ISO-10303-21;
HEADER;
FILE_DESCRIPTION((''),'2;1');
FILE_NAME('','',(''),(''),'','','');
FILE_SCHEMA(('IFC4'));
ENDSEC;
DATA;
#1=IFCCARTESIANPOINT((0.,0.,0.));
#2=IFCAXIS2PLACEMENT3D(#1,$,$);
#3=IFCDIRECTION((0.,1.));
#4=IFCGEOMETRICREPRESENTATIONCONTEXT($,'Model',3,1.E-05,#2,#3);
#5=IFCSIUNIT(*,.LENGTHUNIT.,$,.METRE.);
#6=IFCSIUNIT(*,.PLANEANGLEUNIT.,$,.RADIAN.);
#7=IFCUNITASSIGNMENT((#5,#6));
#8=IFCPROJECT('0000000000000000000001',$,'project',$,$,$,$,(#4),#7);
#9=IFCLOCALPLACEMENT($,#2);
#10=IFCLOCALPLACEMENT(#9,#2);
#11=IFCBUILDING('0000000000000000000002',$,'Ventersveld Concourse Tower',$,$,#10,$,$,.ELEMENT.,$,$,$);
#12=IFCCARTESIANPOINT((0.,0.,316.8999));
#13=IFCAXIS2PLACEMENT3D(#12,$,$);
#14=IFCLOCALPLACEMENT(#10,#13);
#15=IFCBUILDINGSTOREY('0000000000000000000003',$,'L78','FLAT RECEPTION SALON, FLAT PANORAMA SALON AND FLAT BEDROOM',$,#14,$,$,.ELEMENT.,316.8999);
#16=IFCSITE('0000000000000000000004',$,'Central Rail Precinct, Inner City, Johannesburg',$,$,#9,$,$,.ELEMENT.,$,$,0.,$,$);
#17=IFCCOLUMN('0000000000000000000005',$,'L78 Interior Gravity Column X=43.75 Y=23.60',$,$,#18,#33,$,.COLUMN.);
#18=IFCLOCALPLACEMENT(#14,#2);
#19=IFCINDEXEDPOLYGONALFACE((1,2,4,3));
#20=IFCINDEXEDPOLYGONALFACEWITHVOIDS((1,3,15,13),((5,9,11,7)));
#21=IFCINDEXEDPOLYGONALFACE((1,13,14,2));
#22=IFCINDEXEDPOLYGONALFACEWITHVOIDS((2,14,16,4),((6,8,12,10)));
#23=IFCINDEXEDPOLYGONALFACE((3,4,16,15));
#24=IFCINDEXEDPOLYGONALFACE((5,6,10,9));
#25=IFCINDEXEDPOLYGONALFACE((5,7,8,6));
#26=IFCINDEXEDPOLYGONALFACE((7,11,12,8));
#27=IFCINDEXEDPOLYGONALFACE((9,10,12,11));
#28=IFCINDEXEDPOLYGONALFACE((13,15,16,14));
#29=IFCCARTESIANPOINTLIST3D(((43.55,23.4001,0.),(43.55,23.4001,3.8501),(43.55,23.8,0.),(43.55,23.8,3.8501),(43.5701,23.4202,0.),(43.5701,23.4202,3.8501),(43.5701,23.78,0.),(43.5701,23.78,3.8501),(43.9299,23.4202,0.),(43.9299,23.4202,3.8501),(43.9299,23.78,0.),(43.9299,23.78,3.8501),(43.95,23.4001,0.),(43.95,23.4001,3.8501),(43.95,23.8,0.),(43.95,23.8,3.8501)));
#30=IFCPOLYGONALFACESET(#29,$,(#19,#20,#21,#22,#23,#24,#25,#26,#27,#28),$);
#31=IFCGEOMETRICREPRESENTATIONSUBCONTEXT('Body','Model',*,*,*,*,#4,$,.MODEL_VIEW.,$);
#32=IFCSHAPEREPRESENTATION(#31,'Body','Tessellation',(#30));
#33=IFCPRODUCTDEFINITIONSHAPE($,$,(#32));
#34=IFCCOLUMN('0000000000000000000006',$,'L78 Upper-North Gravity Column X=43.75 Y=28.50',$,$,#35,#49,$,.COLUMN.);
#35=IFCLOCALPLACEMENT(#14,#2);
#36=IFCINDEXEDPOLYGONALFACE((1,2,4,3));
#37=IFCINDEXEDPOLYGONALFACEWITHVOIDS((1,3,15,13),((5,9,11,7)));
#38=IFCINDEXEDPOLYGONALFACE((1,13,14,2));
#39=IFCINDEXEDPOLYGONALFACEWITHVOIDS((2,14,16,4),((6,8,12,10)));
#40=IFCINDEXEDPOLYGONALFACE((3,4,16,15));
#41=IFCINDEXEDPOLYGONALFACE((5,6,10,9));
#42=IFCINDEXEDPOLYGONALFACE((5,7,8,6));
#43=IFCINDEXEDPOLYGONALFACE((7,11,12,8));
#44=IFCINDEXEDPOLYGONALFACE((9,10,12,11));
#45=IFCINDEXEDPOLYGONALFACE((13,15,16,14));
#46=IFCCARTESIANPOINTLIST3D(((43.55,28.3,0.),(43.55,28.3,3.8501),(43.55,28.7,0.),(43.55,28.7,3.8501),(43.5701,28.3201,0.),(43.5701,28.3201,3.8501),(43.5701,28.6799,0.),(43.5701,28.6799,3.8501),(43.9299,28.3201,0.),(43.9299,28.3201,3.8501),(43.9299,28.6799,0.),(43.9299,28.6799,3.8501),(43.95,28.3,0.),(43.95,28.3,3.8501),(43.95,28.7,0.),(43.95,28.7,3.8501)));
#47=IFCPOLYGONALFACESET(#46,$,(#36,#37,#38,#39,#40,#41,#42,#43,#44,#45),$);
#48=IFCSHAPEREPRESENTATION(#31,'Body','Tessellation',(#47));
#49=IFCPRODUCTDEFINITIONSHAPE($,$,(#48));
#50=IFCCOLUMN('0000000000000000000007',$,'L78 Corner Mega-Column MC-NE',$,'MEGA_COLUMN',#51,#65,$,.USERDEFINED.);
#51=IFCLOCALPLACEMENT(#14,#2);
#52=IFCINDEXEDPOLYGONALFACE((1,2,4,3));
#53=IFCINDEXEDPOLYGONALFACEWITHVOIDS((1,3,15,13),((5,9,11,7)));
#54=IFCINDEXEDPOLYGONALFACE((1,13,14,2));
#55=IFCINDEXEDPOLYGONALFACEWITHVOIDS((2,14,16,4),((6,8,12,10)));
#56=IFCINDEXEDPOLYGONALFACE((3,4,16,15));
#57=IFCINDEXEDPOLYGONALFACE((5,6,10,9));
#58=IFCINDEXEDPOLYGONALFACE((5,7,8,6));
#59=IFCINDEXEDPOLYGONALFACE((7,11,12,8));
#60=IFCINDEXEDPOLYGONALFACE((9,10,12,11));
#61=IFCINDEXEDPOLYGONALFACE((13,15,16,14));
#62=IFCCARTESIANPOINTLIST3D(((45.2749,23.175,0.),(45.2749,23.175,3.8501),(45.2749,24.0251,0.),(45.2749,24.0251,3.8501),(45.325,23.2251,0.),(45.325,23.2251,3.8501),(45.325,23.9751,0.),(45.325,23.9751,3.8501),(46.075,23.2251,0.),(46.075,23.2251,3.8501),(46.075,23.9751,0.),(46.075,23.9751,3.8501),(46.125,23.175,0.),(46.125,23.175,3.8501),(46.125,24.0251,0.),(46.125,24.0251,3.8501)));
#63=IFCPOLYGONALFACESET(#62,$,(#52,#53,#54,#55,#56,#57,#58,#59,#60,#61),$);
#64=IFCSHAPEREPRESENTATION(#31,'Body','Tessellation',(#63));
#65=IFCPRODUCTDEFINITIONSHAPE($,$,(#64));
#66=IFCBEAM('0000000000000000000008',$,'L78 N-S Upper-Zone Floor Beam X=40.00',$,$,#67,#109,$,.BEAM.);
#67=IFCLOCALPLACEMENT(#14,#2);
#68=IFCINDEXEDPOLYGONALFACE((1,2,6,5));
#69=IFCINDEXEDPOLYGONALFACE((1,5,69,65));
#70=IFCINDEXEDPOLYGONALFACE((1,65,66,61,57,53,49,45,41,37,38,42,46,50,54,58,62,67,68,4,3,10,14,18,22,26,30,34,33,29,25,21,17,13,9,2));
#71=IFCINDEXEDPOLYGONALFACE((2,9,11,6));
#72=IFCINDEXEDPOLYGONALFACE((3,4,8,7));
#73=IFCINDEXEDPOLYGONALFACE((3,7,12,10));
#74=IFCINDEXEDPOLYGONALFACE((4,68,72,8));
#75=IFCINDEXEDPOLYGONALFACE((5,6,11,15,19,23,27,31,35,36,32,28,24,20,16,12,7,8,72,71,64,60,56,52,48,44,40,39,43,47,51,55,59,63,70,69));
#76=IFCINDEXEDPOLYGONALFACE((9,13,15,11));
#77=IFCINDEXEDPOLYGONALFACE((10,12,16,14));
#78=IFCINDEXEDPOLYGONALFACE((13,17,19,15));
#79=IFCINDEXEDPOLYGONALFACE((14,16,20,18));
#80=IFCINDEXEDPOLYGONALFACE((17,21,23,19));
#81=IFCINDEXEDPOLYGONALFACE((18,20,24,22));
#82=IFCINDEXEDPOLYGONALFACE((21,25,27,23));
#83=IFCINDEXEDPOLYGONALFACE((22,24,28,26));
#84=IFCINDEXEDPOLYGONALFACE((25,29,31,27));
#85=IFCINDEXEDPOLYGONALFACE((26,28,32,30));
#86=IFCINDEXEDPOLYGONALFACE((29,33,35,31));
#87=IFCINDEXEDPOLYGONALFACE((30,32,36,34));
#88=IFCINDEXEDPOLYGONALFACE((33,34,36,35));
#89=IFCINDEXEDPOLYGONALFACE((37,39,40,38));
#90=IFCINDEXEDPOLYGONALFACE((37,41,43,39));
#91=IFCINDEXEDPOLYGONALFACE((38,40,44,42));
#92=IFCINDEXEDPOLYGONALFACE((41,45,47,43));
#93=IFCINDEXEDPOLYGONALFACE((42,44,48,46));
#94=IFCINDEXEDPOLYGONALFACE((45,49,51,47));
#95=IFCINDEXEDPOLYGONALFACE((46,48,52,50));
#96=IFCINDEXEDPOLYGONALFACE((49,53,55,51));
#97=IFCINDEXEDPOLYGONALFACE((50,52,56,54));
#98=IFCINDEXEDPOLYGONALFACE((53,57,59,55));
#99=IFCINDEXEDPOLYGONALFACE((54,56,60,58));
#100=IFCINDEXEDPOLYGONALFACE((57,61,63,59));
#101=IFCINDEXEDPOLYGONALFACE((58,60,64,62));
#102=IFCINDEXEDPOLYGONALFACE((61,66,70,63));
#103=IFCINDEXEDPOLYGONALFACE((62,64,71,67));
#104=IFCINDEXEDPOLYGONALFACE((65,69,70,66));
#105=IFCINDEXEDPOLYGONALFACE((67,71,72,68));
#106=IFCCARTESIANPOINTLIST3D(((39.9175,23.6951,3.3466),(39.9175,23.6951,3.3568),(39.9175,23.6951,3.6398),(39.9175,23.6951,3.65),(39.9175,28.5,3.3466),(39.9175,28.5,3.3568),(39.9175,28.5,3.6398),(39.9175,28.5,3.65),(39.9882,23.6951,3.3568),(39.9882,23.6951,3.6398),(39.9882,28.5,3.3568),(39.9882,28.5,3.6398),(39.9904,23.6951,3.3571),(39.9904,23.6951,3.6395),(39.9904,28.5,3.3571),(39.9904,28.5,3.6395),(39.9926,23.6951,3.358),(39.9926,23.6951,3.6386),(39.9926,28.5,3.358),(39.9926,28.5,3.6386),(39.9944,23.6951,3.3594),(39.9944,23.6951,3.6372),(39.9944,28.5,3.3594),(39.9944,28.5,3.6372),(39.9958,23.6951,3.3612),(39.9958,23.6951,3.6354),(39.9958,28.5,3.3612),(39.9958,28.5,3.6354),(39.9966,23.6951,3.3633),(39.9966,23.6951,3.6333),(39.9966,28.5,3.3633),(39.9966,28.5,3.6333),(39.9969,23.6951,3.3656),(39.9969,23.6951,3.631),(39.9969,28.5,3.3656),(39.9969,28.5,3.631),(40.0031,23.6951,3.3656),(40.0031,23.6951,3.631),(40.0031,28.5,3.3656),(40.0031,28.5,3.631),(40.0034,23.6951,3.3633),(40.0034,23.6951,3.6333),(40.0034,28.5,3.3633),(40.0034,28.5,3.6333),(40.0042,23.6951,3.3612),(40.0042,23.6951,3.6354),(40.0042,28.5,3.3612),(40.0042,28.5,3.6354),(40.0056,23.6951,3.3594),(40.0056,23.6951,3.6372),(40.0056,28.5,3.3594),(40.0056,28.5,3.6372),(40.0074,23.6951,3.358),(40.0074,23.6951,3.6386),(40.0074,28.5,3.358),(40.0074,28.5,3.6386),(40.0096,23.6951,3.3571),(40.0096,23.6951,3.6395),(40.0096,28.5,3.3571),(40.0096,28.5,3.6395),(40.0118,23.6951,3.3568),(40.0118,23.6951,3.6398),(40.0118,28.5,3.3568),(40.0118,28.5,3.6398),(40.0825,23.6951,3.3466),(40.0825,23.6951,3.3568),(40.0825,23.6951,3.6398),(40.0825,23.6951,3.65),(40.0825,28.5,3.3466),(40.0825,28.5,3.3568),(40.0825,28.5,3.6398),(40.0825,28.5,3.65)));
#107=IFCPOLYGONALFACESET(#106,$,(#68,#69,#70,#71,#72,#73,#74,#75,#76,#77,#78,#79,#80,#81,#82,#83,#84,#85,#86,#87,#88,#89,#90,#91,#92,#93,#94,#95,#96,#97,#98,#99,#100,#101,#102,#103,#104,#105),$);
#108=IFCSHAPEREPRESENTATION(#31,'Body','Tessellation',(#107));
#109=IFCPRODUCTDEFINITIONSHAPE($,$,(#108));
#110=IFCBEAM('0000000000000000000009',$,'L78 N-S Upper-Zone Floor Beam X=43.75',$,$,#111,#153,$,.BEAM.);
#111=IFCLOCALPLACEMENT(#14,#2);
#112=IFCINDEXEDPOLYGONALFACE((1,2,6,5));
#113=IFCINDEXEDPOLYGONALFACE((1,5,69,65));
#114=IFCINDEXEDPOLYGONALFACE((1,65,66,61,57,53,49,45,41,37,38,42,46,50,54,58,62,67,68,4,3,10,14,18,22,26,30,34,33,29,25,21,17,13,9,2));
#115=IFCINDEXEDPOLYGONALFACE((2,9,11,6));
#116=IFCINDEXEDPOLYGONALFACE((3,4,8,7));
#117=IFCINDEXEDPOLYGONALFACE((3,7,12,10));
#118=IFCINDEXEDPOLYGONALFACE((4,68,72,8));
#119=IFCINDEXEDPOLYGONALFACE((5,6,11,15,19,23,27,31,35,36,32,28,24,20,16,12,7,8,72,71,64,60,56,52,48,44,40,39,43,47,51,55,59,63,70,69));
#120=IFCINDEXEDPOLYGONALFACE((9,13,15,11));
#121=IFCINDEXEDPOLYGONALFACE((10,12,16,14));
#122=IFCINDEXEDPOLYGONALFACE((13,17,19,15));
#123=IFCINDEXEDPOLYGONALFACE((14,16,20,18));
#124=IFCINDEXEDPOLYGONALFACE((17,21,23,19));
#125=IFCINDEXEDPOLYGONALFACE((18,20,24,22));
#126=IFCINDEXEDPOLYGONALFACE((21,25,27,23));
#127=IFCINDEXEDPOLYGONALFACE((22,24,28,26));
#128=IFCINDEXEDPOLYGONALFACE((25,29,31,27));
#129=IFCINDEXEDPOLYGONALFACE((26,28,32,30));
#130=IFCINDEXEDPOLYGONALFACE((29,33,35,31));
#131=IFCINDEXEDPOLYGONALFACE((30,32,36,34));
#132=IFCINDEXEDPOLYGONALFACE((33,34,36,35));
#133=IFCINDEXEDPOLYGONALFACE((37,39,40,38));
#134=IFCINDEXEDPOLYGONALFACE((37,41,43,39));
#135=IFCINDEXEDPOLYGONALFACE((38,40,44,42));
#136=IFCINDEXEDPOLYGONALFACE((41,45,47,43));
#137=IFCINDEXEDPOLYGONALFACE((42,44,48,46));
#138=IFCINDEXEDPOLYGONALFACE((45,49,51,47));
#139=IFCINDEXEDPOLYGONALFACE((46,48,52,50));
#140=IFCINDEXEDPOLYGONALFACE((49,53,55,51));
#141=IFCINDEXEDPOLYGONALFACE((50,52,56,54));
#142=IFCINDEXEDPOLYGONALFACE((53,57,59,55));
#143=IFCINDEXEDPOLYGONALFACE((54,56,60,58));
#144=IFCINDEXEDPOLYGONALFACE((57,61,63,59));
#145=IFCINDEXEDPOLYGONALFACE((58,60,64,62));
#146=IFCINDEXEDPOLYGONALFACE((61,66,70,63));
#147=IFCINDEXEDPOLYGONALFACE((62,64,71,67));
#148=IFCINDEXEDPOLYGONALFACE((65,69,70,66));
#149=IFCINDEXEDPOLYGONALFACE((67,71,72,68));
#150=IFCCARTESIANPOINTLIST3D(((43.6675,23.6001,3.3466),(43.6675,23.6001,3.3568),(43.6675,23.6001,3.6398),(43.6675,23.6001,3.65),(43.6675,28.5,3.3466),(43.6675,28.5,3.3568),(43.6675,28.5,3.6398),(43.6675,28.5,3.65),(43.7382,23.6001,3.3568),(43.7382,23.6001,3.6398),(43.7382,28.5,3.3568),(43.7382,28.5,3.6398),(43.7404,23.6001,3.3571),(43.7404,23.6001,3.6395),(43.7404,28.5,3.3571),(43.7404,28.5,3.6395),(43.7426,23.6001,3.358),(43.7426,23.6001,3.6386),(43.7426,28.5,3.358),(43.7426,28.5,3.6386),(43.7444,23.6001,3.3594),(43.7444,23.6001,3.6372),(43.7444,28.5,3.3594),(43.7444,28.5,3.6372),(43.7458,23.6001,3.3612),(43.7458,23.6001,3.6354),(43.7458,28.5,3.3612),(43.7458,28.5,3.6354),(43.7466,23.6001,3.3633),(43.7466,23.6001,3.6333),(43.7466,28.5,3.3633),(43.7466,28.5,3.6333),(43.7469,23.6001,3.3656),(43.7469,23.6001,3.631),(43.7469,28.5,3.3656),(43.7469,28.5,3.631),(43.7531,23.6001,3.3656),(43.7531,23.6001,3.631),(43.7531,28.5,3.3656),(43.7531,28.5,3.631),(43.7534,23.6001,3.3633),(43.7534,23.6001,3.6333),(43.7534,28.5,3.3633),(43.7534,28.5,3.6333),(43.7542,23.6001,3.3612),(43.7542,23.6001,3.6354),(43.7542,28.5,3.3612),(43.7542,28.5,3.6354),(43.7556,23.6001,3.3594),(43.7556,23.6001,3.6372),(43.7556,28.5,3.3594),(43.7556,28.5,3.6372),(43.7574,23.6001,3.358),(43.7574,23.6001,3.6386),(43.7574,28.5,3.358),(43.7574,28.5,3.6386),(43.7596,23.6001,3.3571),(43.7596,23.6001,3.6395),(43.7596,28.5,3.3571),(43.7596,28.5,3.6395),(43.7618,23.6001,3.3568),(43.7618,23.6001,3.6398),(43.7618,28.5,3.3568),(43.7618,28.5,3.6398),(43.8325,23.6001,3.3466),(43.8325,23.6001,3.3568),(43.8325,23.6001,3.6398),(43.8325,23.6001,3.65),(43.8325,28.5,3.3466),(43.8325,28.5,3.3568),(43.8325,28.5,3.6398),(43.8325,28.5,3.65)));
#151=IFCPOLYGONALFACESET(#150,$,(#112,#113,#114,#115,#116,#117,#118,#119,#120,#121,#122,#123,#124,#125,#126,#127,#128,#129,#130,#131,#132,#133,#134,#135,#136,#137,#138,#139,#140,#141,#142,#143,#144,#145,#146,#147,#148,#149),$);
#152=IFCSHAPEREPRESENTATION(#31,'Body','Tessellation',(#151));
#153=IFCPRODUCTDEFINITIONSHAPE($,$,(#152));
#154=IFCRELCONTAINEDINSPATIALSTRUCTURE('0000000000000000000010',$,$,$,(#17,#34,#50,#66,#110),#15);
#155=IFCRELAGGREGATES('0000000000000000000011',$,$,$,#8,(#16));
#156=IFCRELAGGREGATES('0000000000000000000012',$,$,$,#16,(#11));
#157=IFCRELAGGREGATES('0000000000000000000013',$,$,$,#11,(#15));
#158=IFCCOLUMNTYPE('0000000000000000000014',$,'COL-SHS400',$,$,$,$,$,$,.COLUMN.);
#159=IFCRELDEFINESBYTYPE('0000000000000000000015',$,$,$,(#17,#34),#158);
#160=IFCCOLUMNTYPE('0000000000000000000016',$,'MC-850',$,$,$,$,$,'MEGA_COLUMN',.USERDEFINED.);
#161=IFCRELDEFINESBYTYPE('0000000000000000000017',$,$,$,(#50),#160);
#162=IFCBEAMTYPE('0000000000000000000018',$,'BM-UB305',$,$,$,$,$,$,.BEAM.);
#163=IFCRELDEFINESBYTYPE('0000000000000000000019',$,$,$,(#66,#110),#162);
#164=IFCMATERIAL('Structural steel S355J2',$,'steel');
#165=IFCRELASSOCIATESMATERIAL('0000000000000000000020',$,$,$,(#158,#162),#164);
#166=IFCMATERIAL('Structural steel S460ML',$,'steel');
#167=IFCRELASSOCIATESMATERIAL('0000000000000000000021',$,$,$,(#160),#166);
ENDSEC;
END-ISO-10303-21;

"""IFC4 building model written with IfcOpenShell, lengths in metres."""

from ifc_helpers import new_model, si_unit, direction, frame, origin, origin_2d, place, context, subcontext, project, spatial, hollow_rectangle, i_section, extrude, material, material_profile, profile_set, type_object, element, save


model = new_model("IFC4")

# Units and contexts
model_context = context("Model", 3, precision=1e-05, world=origin(), true_north=direction((0.0, 1.0)))
body_context = subcontext(model_context, "Body", "Model", "MODEL_VIEW")
ifc_project = project(units=[si_unit("LENGTHUNIT", "METRE"), si_unit("PLANEANGLEUNIT", "RADIAN")], contexts=[model_context])

# Site, building, storey
site_placement = place(None, origin())
site = spatial("IfcSite", under=ifc_project, at=site_placement, Name="Central Rail Precinct, Inner City, Johannesburg", CompositionType="ELEMENT", RefElevation=0.0)
building_placement = place(site_placement, origin())
building = spatial("IfcBuilding", under=site, at=building_placement, Name="Ventersveld Concourse Tower", CompositionType="ELEMENT")
storey_placement = place(building_placement, frame((0.0, 0.0, 316.8999)))
storey = spatial("IfcBuildingStorey", under=building, at=storey_placement, Name="L78", Description="FLAT RECEPTION SALON, FLAT PANORAMA SALON AND FLAT BEDROOM", CompositionType="ELEMENT", Elevation=316.8999)

# Columns
ifc_material_1 = material(Name="Structural steel S355J2", Category="steel")
ifc_material_profile_1 = material_profile(ifc_material_1, hollow_rectangle(XDim=0.3999, YDim=0.3999, WallThickness=0.02, at=origin_2d()), Name="SHS 400x400x20")
ifc_profile_set_1 = profile_set([ifc_material_profile_1], Name="Structural steel S355J2")
column_type_1 = type_object("IfcColumnType", Name="COL-SHS400", PredefinedType="COLUMN", material=ifc_profile_set_1)
for number, where, z_axis, x_axis, name in (
    (1, (43.75, 23.6001, 0.0), (0.0, 0.0, 1.0), (1.0, 0.0, 0.0), "L78 Interior Gravity Column X=43.75 Y=23.60"),
    (2, (43.75, 28.5, 0.0), (0.0, 0.0, 1.0), (1.0, 0.0, 0.0), "L78 Upper-North Gravity Column X=43.75 Y=28.50"),
):
    element("IfcColumn", number, at=place(storey_placement, frame(where, z_axis=z_axis, x_axis=x_axis)), inside=storey, type_object=column_type_1, Name=name, PredefinedType="COLUMN", context=body_context, shape_type="SweptSolid", body=[
        extrude(hollow_rectangle(XDim=0.3999, YDim=0.3999, WallThickness=0.02, at=origin_2d()), origin(), (0.0, 0.0, 1.0), 3.8501),
    ])
ifc_material_2 = material(Name="Structural steel S460ML", Category="steel")
ifc_material_profile_2 = material_profile(ifc_material_2, hollow_rectangle(XDim=0.8501, YDim=0.8501, WallThickness=0.05, at=origin_2d()), Name="BOX 850x850x50")
ifc_profile_set_2 = profile_set([ifc_material_profile_2], Name="Structural steel S460ML")
column_type_2 = type_object("IfcColumnType", Name="MC-850", ElementType="MEGA_COLUMN", PredefinedType="USERDEFINED", material=ifc_profile_set_2)
column_placement = place(storey_placement, frame((45.7, 23.6001, 0.0), z_axis=(0.0, 0.0, 1.0), x_axis=(1.0, 0.0, 0.0)))
element("IfcColumn", 3, at=column_placement, inside=storey, type_object=column_type_2, Name="L78 Corner Mega-Column MC-NE", ObjectType="MEGA_COLUMN", PredefinedType="USERDEFINED", context=body_context, shape_type="SweptSolid", body=[
    extrude(hollow_rectangle(XDim=0.8501, YDim=0.8501, WallThickness=0.05, at=origin_2d()), origin(), (0.0, 0.0, 1.0), 3.8501),
])

# Beams
ifc_material_profile_3 = material_profile(ifc_material_1, i_section(OverallWidth=0.165, OverallDepth=0.3035, WebThickness=0.0061, FlangeThickness=0.0103, FilletRadius=0.0088, at=origin_2d()), Name="UB 305x165x40")
ifc_profile_set_3 = profile_set([ifc_material_profile_3], Name="Structural steel S355J2")
beam_type_1 = type_object("IfcBeamType", Name="BM-UB305", PredefinedType="BEAM", material=ifc_profile_set_3)
beam_1_placement = place(storey_placement, frame((40.0, 23.6951, 3.4983), z_axis=(0.0, 1.0, 0.0), x_axis=(-1.0, 0.0, 0.0)))
element("IfcBeam", 4, at=beam_1_placement, inside=storey, type_object=beam_type_1, Name="L78 N-S Upper-Zone Floor Beam X=40.00", PredefinedType="BEAM", context=body_context, shape_type="SweptSolid", body=[
    extrude(i_section(OverallWidth=0.165, OverallDepth=0.3035, WebThickness=0.0061, FlangeThickness=0.0103, FilletRadius=0.0088, at=origin_2d()), origin(), (0.0, 0.0, 1.0), 4.8049),
])
beam_2_placement = place(storey_placement, frame((43.75, 23.6001, 3.4983), z_axis=(0.0, 1.0, 0.0), x_axis=(-1.0, 0.0, 0.0)))
element("IfcBeam", 5, at=beam_2_placement, inside=storey, type_object=beam_type_1, Name="L78 N-S Upper-Zone Floor Beam X=43.75", PredefinedType="BEAM", context=body_context, shape_type="SweptSolid", body=[
    extrude(i_section(OverallWidth=0.165, OverallDepth=0.3035, WebThickness=0.0061, FlangeThickness=0.0103, FilletRadius=0.0088, at=origin_2d()), origin(), (0.0, 0.0, 1.0), 4.8999),
])

save(model, "model.ifc")
